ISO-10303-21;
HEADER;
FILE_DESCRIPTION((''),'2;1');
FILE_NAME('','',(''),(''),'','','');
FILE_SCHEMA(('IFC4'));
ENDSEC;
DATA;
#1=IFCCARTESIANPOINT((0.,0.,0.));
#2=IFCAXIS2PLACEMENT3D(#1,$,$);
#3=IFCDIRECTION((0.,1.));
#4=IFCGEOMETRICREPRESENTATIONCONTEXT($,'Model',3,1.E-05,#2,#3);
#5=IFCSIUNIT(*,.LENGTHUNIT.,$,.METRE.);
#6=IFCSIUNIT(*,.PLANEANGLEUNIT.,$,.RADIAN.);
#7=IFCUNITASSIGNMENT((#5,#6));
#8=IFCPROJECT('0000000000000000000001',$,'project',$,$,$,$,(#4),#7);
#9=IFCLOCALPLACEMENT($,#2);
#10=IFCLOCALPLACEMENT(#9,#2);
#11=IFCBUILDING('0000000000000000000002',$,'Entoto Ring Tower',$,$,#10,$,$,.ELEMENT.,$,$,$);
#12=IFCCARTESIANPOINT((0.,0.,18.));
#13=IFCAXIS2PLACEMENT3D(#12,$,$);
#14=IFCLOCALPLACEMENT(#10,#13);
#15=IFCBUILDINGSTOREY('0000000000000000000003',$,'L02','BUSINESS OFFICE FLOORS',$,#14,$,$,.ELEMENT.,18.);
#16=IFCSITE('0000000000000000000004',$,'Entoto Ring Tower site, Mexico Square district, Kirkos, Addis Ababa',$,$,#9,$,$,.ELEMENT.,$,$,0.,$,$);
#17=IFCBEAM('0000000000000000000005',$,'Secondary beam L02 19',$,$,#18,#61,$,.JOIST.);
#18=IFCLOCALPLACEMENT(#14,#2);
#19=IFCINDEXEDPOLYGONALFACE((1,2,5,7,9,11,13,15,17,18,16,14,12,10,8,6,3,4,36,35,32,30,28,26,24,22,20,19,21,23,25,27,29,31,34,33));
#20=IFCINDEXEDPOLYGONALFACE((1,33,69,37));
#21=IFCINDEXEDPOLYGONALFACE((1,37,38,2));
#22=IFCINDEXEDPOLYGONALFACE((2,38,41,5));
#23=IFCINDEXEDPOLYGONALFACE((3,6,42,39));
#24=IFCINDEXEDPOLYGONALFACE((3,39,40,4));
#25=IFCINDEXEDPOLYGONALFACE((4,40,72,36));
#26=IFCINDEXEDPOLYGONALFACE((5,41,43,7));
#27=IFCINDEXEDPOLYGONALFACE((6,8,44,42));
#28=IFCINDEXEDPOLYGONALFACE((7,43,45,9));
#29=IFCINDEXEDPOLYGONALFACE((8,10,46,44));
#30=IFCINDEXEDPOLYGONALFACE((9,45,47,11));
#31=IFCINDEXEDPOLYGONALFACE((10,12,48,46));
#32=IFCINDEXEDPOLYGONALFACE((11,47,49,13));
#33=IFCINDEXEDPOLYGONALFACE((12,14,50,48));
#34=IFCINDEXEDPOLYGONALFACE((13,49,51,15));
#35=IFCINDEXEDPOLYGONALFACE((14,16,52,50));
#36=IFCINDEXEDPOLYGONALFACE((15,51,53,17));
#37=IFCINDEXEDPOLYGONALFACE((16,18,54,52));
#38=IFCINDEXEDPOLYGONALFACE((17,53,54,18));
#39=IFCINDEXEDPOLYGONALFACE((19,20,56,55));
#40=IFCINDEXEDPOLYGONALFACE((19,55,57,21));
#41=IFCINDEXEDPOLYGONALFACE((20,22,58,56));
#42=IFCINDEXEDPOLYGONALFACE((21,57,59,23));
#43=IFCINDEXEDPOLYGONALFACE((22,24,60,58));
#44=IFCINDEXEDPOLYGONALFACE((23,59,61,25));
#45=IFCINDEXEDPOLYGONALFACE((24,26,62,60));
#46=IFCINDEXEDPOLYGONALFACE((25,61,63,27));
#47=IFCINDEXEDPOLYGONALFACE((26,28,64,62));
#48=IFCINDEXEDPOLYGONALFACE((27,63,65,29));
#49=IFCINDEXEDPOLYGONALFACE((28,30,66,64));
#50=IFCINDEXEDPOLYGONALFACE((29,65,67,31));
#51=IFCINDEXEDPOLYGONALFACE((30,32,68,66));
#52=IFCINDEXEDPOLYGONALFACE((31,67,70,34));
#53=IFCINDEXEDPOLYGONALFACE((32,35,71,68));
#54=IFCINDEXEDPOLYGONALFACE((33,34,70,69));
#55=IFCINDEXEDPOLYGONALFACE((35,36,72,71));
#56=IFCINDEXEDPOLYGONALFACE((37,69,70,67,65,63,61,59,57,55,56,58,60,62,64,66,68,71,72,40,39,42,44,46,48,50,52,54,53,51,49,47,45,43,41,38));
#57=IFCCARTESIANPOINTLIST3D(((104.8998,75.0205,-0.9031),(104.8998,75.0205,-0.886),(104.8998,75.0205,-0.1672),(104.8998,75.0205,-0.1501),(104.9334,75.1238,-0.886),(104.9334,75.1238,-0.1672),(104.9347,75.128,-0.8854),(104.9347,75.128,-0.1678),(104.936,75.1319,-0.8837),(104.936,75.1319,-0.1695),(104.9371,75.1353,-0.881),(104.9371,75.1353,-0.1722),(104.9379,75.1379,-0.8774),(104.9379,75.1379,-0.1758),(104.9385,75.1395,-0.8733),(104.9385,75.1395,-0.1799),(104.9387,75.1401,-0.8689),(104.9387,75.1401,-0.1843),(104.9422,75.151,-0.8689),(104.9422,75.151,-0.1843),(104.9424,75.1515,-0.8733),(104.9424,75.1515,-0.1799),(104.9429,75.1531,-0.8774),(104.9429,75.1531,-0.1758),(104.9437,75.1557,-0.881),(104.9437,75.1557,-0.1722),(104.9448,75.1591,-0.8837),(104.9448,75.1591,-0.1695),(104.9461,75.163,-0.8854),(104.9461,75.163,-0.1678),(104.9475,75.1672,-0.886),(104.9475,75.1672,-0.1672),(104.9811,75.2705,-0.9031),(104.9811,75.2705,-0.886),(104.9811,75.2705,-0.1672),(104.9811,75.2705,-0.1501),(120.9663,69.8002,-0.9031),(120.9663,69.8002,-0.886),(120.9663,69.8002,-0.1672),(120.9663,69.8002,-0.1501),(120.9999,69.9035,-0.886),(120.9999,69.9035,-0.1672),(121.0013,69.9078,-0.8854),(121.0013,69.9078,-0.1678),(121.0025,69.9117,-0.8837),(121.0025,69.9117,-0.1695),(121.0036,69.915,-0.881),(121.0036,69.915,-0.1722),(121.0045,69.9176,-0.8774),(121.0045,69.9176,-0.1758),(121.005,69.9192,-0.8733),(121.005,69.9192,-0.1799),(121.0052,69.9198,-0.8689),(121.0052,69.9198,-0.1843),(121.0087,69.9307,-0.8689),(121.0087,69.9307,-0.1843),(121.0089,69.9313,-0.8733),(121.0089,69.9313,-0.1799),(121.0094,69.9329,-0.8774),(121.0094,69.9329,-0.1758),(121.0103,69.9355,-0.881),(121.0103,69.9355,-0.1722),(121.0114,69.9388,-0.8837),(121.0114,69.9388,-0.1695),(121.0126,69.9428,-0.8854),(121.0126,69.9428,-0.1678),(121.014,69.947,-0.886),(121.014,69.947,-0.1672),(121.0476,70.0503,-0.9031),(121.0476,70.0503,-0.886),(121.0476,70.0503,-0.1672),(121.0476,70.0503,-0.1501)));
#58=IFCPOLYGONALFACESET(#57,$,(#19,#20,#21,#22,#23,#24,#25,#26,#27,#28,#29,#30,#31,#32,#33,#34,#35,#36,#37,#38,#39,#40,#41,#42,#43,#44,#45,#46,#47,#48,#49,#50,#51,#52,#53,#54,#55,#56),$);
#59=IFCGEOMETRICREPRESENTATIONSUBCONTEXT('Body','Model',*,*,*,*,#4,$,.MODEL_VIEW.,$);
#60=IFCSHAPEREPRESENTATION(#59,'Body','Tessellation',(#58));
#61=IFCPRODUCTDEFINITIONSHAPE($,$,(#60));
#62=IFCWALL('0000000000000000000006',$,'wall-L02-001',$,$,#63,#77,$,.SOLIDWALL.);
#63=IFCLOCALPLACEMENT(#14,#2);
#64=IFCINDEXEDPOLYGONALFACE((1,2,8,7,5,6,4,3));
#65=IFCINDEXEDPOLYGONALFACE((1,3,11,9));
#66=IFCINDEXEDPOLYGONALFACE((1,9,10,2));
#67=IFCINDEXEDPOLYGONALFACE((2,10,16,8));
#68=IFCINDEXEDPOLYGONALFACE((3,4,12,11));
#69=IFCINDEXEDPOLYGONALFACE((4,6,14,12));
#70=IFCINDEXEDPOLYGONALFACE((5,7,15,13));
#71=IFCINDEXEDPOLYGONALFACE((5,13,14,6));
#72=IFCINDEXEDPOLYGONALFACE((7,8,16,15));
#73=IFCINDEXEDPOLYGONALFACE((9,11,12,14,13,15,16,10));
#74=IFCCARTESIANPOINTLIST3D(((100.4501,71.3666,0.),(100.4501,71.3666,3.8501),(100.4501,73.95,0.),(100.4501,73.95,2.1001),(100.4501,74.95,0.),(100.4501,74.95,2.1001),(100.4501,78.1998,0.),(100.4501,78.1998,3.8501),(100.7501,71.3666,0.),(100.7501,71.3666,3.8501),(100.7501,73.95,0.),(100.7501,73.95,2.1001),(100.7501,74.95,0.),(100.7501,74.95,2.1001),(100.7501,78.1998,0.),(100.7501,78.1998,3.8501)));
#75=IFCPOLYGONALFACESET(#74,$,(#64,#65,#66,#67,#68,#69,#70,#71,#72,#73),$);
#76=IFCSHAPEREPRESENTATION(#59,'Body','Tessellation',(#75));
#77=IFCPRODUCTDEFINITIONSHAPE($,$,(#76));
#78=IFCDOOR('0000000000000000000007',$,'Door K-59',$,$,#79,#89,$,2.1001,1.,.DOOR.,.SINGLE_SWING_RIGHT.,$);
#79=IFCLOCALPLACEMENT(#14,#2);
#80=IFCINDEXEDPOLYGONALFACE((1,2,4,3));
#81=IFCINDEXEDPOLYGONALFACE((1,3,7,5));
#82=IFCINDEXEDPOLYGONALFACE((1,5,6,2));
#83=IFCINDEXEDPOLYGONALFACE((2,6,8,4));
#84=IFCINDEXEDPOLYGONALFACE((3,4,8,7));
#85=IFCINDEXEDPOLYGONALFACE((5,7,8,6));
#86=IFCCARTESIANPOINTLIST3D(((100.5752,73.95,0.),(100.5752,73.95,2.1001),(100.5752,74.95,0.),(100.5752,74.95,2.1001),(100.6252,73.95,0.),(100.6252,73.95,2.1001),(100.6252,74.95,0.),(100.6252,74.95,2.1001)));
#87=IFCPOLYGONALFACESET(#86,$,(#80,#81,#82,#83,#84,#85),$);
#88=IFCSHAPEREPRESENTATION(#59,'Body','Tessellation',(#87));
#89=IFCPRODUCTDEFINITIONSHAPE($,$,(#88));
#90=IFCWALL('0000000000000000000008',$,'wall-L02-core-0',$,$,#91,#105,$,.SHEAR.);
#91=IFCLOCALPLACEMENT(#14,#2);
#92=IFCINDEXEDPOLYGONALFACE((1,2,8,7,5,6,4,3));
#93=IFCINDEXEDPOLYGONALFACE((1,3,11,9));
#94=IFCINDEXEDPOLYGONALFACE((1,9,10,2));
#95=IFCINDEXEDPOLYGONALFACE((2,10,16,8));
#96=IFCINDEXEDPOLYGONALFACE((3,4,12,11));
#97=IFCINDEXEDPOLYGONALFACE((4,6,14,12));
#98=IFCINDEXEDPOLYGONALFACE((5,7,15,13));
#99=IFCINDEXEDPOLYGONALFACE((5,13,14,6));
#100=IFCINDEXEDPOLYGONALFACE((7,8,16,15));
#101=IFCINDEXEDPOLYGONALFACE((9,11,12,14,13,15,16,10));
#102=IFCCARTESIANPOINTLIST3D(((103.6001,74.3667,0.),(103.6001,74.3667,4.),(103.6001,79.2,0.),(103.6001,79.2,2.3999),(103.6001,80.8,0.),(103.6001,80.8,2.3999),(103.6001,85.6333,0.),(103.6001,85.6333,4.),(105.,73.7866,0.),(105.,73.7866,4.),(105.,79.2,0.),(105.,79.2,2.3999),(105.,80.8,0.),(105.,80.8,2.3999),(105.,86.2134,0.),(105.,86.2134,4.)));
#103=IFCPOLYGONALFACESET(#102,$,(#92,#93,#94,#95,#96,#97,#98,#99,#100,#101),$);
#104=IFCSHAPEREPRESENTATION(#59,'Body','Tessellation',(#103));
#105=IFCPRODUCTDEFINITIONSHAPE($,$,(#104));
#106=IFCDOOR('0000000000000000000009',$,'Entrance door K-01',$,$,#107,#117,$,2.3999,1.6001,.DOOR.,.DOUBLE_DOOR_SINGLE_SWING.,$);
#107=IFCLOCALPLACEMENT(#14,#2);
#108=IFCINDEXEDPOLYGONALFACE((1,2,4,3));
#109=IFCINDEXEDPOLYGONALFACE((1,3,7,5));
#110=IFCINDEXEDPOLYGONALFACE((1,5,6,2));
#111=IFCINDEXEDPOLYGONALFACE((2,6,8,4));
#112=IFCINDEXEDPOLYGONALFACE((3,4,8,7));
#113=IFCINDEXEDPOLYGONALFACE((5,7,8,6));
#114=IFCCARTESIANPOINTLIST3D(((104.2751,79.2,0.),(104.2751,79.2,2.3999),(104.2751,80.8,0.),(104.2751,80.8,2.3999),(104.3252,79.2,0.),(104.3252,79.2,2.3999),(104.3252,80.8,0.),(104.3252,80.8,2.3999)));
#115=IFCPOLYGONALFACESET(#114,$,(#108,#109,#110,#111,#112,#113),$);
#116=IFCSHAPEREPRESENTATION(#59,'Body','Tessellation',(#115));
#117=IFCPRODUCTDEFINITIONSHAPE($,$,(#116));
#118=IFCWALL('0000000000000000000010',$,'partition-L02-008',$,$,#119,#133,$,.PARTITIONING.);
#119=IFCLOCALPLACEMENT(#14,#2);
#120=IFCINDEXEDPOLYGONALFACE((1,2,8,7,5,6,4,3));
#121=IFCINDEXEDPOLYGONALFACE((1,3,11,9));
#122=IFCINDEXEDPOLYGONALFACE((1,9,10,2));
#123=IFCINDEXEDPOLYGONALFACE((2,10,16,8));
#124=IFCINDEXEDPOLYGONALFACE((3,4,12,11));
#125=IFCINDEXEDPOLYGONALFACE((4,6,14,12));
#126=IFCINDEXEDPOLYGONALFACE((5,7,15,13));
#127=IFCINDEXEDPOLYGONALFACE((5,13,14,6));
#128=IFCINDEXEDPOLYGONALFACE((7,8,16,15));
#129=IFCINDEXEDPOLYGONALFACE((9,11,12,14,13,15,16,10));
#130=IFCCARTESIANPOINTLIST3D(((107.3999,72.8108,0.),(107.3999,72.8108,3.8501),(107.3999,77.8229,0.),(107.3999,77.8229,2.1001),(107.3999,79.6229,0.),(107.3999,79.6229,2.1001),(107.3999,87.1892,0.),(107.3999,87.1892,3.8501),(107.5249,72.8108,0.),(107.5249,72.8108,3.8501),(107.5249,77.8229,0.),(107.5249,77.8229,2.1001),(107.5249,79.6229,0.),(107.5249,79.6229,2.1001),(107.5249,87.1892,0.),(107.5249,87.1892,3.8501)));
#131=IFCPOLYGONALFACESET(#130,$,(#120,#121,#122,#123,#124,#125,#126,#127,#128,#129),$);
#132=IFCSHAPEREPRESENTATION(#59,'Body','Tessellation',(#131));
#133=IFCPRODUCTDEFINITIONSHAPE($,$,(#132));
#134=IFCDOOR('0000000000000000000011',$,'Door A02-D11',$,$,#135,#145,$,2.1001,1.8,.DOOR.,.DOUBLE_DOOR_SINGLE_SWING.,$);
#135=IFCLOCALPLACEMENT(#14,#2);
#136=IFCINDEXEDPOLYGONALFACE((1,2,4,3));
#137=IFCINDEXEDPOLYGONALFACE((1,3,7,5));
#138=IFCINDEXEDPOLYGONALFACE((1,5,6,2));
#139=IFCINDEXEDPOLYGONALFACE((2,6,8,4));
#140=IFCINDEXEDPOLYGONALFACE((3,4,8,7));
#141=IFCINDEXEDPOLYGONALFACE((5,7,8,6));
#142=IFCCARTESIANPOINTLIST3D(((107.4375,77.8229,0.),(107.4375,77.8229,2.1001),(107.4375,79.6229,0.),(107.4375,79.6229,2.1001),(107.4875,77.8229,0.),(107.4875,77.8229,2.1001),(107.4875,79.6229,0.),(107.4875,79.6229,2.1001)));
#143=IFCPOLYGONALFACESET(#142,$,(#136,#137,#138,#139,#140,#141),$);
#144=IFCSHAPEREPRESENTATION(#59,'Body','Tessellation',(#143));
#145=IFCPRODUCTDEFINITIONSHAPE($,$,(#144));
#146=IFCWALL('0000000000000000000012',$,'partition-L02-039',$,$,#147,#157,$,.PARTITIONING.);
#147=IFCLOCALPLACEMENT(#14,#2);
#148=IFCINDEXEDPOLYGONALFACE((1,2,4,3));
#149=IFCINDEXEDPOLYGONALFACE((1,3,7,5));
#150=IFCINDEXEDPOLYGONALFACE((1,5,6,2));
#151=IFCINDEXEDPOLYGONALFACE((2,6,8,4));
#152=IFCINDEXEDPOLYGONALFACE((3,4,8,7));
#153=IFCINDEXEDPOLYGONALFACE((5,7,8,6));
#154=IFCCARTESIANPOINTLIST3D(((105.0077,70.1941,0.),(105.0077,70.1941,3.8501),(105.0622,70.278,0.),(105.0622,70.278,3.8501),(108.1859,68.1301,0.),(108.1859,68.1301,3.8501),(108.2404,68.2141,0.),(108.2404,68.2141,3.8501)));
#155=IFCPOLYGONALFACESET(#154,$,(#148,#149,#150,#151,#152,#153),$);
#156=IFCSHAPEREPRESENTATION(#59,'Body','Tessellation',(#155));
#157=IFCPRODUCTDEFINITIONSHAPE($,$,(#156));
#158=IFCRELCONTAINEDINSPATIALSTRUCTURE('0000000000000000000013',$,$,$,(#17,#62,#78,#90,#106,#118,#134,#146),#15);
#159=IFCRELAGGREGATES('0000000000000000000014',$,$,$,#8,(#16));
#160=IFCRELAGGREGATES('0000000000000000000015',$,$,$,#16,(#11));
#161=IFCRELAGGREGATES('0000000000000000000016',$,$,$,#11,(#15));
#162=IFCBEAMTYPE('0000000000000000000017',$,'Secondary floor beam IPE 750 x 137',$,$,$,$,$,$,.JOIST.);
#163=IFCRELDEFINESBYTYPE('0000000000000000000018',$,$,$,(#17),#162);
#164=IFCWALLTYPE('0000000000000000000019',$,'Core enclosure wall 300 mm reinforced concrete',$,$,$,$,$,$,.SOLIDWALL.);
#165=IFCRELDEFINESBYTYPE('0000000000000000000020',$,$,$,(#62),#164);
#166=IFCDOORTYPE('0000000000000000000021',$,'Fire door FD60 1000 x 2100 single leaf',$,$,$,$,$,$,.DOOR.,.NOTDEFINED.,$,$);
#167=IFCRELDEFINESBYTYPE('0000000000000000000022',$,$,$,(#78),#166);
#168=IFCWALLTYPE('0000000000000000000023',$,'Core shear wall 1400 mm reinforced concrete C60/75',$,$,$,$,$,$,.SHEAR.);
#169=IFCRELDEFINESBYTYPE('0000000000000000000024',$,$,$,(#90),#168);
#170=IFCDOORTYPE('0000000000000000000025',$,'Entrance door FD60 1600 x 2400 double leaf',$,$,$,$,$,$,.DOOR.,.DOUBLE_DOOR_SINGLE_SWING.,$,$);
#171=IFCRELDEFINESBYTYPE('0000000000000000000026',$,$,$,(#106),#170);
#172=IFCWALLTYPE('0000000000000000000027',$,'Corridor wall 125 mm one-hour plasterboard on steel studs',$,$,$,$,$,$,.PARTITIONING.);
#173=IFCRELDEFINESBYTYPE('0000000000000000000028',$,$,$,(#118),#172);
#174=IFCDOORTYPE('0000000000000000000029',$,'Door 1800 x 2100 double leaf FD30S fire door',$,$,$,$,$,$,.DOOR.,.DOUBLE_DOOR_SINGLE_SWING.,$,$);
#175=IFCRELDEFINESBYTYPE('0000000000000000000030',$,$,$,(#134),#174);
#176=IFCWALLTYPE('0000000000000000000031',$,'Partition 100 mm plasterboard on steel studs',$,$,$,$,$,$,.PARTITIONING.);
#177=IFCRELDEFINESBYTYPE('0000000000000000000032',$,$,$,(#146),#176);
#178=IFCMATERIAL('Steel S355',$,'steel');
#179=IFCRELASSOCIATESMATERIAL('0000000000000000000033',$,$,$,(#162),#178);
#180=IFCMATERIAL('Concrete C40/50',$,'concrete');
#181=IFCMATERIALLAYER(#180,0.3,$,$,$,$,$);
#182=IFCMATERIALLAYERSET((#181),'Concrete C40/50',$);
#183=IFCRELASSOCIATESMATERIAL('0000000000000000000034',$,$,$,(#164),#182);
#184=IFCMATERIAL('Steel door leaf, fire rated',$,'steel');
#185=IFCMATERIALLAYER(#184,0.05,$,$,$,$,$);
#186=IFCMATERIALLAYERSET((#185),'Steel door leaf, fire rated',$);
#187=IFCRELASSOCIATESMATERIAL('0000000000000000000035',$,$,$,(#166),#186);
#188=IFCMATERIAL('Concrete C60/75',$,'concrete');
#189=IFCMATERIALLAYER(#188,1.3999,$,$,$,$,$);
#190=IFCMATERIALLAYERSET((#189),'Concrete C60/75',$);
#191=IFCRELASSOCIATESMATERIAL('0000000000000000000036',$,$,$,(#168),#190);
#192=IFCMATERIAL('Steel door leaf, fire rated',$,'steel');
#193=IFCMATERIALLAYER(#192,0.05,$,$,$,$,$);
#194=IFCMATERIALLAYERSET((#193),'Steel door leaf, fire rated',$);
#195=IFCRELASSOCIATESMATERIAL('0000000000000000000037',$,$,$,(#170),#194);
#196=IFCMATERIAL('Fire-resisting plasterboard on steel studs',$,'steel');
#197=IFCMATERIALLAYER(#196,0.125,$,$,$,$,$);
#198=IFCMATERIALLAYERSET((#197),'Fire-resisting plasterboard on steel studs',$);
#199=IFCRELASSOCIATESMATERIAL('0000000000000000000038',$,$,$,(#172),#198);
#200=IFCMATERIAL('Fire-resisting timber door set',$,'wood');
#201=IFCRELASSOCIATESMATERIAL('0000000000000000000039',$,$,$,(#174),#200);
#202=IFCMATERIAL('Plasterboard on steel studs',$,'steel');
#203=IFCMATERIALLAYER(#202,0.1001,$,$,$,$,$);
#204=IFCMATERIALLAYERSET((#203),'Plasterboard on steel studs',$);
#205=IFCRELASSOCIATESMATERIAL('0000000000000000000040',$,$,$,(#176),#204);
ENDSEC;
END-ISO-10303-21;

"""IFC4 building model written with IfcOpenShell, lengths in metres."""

from ifc_helpers import new_model, si_unit, direction, frame, frame_2d, origin, origin_2d, place, context, subcontext, project, spatial, polyline, rectangle, i_section, outline, extrude, material, layer, layer_set, material_profile, profile_set, type_object, element, fill, save


model = new_model("IFC4")

# Units and contexts
model_context = context("Model", 3, precision=1e-05, world=origin(), true_north=direction((0.0, 1.0)))
body_context = subcontext(model_context, "Body", "Model", "MODEL_VIEW")
ifc_project = project(units=[si_unit("LENGTHUNIT", "METRE"), si_unit("PLANEANGLEUNIT", "RADIAN")], contexts=[model_context])

# Site, building, storey
site_placement = place(None, origin())
site = spatial("IfcSite", under=ifc_project, at=site_placement, Name="Entoto Ring Tower site, Mexico Square district, Kirkos, Addis Ababa", CompositionType="ELEMENT", RefElevation=0.0)
building_placement = place(site_placement, origin())
building = spatial("IfcBuilding", under=site, at=building_placement, Name="Entoto Ring Tower", CompositionType="ELEMENT")
storey_placement = place(building_placement, frame((0.0, 0.0, 18.0)))
storey = spatial("IfcBuildingStorey", under=building, at=storey_placement, Name="L02", Description="BUSINESS OFFICE FLOORS", CompositionType="ELEMENT", Elevation=18.0)

# Beam
ifc_material_1 = material(Name="Steel S355", Category="steel")
ifc_material_profile_1 = material_profile(ifc_material_1, i_section(OverallWidth=0.2629, OverallDepth=0.7529, WebThickness=0.0115, FlangeThickness=0.0171, FilletRadius=0.0171, at=origin_2d()), Name="IPE 750 x 137")
ifc_profile_set_1 = profile_set([ifc_material_profile_1], Name="Steel S355")
beam_type_1 = type_object("IfcBeamType", Name="Secondary floor beam IPE 750 x 137", PredefinedType="JOIST", material=ifc_profile_set_1)
beam_1_placement = place(storey_placement, frame((104.9404, 75.1455, -0.5266), z_axis=(0.951058, -0.309013, 0.0), x_axis=(0.309013, 0.951058, 0.0)))
element("IfcBeam", 1, at=beam_1_placement, inside=storey, type_object=beam_type_1, Name="Secondary beam L02 19", PredefinedType="JOIST", context=body_context, shape_type="SweptSolid", body=[
    extrude(i_section(OverallWidth=0.2629, OverallDepth=0.7529, WebThickness=0.0115, FlangeThickness=0.0171, FilletRadius=0.0171, at=origin_2d()), origin(), (0.0, 0.0, 1.0), 16.8933),
])

# Walls, openings, doors
ifc_material_2 = material(Name="Concrete C40/50", Category="concrete")
ifc_layer_1 = layer(ifc_material_2, 0.3)
ifc_layer_set_1 = layer_set([ifc_layer_1], Name="Concrete C40/50")
wall_type_1 = type_object("IfcWallType", Name="Core enclosure wall 300 mm reinforced concrete", PredefinedType="SOLIDWALL", material=ifc_layer_set_1)
wall_1_placement = place(storey_placement, frame((100.6001, 71.3667, 0.0), z_axis=(0.0, 0.0, 1.0), x_axis=(0.0, 1.0, 0.0)))
wall_1 = element("IfcWall", 2, at=wall_1_placement, inside=storey, type_object=wall_type_1, Name="wall-L02-001", PredefinedType="SOLIDWALL", context=body_context, shape_type="SweptSolid", body=[
    extrude(rectangle(XDim=6.8333, YDim=0.3, at=frame_2d((3.4165, 0.0))), origin(), (0.0, 0.0, 1.0), 3.8501),
])
opening_1_placement = place(wall_1_placement, frame((2.5833, 0.0, 0.0)))
opening_1 = element("IfcOpeningElement", 3, at=opening_1_placement, cuts=wall_1, PredefinedType="OPENING", context=body_context, shape_type="SweptSolid", body=[
    extrude(rectangle(XDim=1.0, YDim=2.1001, at=frame_2d((0.5, 1.05))), frame((0.0, 0.1602, 0.0), z_axis=(0.0, -1.0, 0.0), x_axis=(1.0, 0.0, 0.0)), (0.0, 0.0, 1.0), 0.3201),
])
ifc_material_3 = material(Name="Steel door leaf, fire rated", Category="steel")
ifc_layer_2 = layer(ifc_material_3, 0.05)
ifc_layer_set_2 = layer_set([ifc_layer_2], Name="Steel door leaf, fire rated")
door_type_1 = type_object("IfcDoorType", Name="Fire door FD60 1000 x 2100 single leaf", OperationType="NOTDEFINED", PredefinedType="DOOR", material=ifc_layer_set_2)
door_1_placement = place(opening_1_placement, origin())
door_1 = element("IfcDoor", 4, at=door_1_placement, inside=storey, type_object=door_type_1, Name="Door K-59", OperationType="SINGLE_SWING_RIGHT", OverallHeight=2.1001, OverallWidth=1.0, PredefinedType="DOOR", context=body_context, shape_type="SweptSolid", body=[
    extrude(rectangle(XDim=1.0, YDim=2.1001, at=frame_2d((0.5, 1.05))), frame((0.0, 0.0249, 0.0), z_axis=(0.0, -1.0, 0.0), x_axis=(1.0, 0.0, 0.0)), (0.0, 0.0, 1.0), 0.05),
])
fill(opening_1, door_1)
ifc_material_4 = material(Name="Concrete C60/75", Category="concrete")
ifc_layer_3 = layer(ifc_material_4, 1.3999)
ifc_layer_set_3 = layer_set([ifc_layer_3], Name="Concrete C60/75")
wall_type_2 = type_object("IfcWallType", Name="Core shear wall 1400 mm reinforced concrete C60/75", PredefinedType="SHEAR", material=ifc_layer_set_3)
wall_2_placement = place(storey_placement, frame((104.3, 74.0767, 0.0), z_axis=(0.0, 0.0, 1.0), x_axis=(0.0, 1.0, 0.0)))
wall_2 = element("IfcWall", 5, at=wall_2_placement, inside=storey, type_object=wall_type_2, Name="wall-L02-core-0", PredefinedType="SHEAR", context=body_context, shape_type="SweptSolid", body=[
    extrude(outline(polyline([(-0.29, -0.7), (12.1367, -0.7), (11.5566, 0.7), (0.29, 0.7), (-0.29, -0.7)])), origin(), (0.0, 0.0, 1.0), 4.0),
])
opening_2_placement = place(wall_2_placement, frame((5.1233, 0.0, 0.0)))
opening_2 = element("IfcOpeningElement", 6, at=opening_2_placement, cuts=wall_2, PredefinedType="OPENING", context=body_context, shape_type="SweptSolid", body=[
    extrude(rectangle(XDim=1.6001, YDim=2.3999, at=frame_2d((0.8, 1.2))), frame((0.0, 0.71, 0.0), z_axis=(0.0, -1.0, 0.0), x_axis=(1.0, 0.0, 0.0)), (0.0, 0.0, 1.0), 1.4199),
])
ifc_material_5 = material(Name="Steel door leaf, fire rated", Category="steel")
ifc_layer_4 = layer(ifc_material_5, 0.05)
ifc_layer_set_4 = layer_set([ifc_layer_4], Name="Steel door leaf, fire rated")
door_type_2 = type_object("IfcDoorType", Name="Entrance door FD60 1600 x 2400 double leaf", OperationType="DOUBLE_DOOR_SINGLE_SWING", PredefinedType="DOOR", material=ifc_layer_set_4)
door_2_placement = place(opening_2_placement, origin())
door_2 = element("IfcDoor", 7, at=door_2_placement, inside=storey, type_object=door_type_2, Name="Entrance door K-01", OperationType="DOUBLE_DOOR_SINGLE_SWING", OverallHeight=2.3999, OverallWidth=1.6001, PredefinedType="DOOR", context=body_context, shape_type="SweptSolid", body=[
    extrude(rectangle(XDim=1.6001, YDim=2.3999, at=frame_2d((0.8, 1.2))), frame((0.0, 0.0249, 0.0), z_axis=(0.0, -1.0, 0.0), x_axis=(1.0, 0.0, 0.0)), (0.0, 0.0, 1.0), 0.05),
])
fill(opening_2, door_2)
ifc_material_6 = material(Name="Fire-resisting plasterboard on steel studs", Category="steel")
ifc_layer_5 = layer(ifc_material_6, 0.125)
ifc_layer_set_5 = layer_set([ifc_layer_5], Name="Fire-resisting plasterboard on steel studs")
wall_type_3 = type_object("IfcWallType", Name="Corridor wall 125 mm one-hour plasterboard on steel studs", PredefinedType="PARTITIONING", material=ifc_layer_set_5)
wall_3_placement = place(storey_placement, frame((107.4624, 72.8108, 0.0), z_axis=(0.0, 0.0, 1.0), x_axis=(0.0, 1.0, 0.0)))
wall_3 = element("IfcWall", 8, at=wall_3_placement, inside=storey, type_object=wall_type_3, Name="partition-L02-008", PredefinedType="PARTITIONING", context=body_context, shape_type="SweptSolid", body=[
    extrude(rectangle(XDim=14.3784, YDim=0.125, at=frame_2d((7.1892, 0.0))), origin(), (0.0, 0.0, 1.0), 3.8501),
])
opening_3_placement = place(wall_3_placement, frame((5.0122, 0.0, 0.0)))
opening_3 = element("IfcOpeningElement", 9, at=opening_3_placement, cuts=wall_3, PredefinedType="OPENING", context=body_context, shape_type="SweptSolid", body=[
    extrude(rectangle(XDim=1.8, YDim=2.1001, at=frame_2d((0.8999, 1.05))), frame((0.0, 0.0725, 0.0), z_axis=(0.0, -1.0, 0.0), x_axis=(1.0, 0.0, 0.0)), (0.0, 0.0, 1.0), 0.145),
])
ifc_material_7 = material(Name="Fire-resisting timber door set", Category="wood")
door_type_3 = type_object("IfcDoorType", Name="Door 1800 x 2100 double leaf FD30S fire door", OperationType="DOUBLE_DOOR_SINGLE_SWING", PredefinedType="DOOR", material=ifc_material_7)
door_3_placement = place(opening_3_placement, origin())
door_3 = element("IfcDoor", 10, at=door_3_placement, inside=storey, type_object=door_type_3, Name="Door A02-D11", OperationType="DOUBLE_DOOR_SINGLE_SWING", OverallHeight=2.1001, OverallWidth=1.8, PredefinedType="DOOR", context=body_context, shape_type="SweptSolid", body=[
    extrude(rectangle(XDim=1.8, YDim=2.1001, at=frame_2d((0.8999, 1.05))), frame((0.0, 0.0249, 0.0), z_axis=(0.0, -1.0, 0.0), x_axis=(1.0, 0.0, 0.0)), (0.0, 0.0, 1.0), 0.05),
])
fill(opening_3, door_3)

# Wall
ifc_material_8 = material(Name="Plasterboard on steel studs", Category="steel")
ifc_layer_6 = layer(ifc_material_8, 0.1001)
ifc_layer_set_6 = layer_set([ifc_layer_6], Name="Plasterboard on steel studs")
wall_type_4 = type_object("IfcWallType", Name="Partition 100 mm plasterboard on steel studs", PredefinedType="PARTITIONING", material=ifc_layer_set_6)
wall_4_placement = place(storey_placement, frame((108.2131, 68.1721, 0.0), z_axis=(0.0, 0.0, 1.0), x_axis=(-0.83867, 0.54464, 0.0)))
element("IfcWall", 11, at=wall_4_placement, inside=storey, type_object=wall_type_4, Name="partition-L02-039", PredefinedType="PARTITIONING", context=body_context, shape_type="SweptSolid", body=[
    extrude(rectangle(XDim=3.7896, YDim=0.1001, at=frame_2d((1.8948, 0.0))), origin(), (0.0, 0.0, 1.0), 3.8501),
])

save(model, "model.ifc")
